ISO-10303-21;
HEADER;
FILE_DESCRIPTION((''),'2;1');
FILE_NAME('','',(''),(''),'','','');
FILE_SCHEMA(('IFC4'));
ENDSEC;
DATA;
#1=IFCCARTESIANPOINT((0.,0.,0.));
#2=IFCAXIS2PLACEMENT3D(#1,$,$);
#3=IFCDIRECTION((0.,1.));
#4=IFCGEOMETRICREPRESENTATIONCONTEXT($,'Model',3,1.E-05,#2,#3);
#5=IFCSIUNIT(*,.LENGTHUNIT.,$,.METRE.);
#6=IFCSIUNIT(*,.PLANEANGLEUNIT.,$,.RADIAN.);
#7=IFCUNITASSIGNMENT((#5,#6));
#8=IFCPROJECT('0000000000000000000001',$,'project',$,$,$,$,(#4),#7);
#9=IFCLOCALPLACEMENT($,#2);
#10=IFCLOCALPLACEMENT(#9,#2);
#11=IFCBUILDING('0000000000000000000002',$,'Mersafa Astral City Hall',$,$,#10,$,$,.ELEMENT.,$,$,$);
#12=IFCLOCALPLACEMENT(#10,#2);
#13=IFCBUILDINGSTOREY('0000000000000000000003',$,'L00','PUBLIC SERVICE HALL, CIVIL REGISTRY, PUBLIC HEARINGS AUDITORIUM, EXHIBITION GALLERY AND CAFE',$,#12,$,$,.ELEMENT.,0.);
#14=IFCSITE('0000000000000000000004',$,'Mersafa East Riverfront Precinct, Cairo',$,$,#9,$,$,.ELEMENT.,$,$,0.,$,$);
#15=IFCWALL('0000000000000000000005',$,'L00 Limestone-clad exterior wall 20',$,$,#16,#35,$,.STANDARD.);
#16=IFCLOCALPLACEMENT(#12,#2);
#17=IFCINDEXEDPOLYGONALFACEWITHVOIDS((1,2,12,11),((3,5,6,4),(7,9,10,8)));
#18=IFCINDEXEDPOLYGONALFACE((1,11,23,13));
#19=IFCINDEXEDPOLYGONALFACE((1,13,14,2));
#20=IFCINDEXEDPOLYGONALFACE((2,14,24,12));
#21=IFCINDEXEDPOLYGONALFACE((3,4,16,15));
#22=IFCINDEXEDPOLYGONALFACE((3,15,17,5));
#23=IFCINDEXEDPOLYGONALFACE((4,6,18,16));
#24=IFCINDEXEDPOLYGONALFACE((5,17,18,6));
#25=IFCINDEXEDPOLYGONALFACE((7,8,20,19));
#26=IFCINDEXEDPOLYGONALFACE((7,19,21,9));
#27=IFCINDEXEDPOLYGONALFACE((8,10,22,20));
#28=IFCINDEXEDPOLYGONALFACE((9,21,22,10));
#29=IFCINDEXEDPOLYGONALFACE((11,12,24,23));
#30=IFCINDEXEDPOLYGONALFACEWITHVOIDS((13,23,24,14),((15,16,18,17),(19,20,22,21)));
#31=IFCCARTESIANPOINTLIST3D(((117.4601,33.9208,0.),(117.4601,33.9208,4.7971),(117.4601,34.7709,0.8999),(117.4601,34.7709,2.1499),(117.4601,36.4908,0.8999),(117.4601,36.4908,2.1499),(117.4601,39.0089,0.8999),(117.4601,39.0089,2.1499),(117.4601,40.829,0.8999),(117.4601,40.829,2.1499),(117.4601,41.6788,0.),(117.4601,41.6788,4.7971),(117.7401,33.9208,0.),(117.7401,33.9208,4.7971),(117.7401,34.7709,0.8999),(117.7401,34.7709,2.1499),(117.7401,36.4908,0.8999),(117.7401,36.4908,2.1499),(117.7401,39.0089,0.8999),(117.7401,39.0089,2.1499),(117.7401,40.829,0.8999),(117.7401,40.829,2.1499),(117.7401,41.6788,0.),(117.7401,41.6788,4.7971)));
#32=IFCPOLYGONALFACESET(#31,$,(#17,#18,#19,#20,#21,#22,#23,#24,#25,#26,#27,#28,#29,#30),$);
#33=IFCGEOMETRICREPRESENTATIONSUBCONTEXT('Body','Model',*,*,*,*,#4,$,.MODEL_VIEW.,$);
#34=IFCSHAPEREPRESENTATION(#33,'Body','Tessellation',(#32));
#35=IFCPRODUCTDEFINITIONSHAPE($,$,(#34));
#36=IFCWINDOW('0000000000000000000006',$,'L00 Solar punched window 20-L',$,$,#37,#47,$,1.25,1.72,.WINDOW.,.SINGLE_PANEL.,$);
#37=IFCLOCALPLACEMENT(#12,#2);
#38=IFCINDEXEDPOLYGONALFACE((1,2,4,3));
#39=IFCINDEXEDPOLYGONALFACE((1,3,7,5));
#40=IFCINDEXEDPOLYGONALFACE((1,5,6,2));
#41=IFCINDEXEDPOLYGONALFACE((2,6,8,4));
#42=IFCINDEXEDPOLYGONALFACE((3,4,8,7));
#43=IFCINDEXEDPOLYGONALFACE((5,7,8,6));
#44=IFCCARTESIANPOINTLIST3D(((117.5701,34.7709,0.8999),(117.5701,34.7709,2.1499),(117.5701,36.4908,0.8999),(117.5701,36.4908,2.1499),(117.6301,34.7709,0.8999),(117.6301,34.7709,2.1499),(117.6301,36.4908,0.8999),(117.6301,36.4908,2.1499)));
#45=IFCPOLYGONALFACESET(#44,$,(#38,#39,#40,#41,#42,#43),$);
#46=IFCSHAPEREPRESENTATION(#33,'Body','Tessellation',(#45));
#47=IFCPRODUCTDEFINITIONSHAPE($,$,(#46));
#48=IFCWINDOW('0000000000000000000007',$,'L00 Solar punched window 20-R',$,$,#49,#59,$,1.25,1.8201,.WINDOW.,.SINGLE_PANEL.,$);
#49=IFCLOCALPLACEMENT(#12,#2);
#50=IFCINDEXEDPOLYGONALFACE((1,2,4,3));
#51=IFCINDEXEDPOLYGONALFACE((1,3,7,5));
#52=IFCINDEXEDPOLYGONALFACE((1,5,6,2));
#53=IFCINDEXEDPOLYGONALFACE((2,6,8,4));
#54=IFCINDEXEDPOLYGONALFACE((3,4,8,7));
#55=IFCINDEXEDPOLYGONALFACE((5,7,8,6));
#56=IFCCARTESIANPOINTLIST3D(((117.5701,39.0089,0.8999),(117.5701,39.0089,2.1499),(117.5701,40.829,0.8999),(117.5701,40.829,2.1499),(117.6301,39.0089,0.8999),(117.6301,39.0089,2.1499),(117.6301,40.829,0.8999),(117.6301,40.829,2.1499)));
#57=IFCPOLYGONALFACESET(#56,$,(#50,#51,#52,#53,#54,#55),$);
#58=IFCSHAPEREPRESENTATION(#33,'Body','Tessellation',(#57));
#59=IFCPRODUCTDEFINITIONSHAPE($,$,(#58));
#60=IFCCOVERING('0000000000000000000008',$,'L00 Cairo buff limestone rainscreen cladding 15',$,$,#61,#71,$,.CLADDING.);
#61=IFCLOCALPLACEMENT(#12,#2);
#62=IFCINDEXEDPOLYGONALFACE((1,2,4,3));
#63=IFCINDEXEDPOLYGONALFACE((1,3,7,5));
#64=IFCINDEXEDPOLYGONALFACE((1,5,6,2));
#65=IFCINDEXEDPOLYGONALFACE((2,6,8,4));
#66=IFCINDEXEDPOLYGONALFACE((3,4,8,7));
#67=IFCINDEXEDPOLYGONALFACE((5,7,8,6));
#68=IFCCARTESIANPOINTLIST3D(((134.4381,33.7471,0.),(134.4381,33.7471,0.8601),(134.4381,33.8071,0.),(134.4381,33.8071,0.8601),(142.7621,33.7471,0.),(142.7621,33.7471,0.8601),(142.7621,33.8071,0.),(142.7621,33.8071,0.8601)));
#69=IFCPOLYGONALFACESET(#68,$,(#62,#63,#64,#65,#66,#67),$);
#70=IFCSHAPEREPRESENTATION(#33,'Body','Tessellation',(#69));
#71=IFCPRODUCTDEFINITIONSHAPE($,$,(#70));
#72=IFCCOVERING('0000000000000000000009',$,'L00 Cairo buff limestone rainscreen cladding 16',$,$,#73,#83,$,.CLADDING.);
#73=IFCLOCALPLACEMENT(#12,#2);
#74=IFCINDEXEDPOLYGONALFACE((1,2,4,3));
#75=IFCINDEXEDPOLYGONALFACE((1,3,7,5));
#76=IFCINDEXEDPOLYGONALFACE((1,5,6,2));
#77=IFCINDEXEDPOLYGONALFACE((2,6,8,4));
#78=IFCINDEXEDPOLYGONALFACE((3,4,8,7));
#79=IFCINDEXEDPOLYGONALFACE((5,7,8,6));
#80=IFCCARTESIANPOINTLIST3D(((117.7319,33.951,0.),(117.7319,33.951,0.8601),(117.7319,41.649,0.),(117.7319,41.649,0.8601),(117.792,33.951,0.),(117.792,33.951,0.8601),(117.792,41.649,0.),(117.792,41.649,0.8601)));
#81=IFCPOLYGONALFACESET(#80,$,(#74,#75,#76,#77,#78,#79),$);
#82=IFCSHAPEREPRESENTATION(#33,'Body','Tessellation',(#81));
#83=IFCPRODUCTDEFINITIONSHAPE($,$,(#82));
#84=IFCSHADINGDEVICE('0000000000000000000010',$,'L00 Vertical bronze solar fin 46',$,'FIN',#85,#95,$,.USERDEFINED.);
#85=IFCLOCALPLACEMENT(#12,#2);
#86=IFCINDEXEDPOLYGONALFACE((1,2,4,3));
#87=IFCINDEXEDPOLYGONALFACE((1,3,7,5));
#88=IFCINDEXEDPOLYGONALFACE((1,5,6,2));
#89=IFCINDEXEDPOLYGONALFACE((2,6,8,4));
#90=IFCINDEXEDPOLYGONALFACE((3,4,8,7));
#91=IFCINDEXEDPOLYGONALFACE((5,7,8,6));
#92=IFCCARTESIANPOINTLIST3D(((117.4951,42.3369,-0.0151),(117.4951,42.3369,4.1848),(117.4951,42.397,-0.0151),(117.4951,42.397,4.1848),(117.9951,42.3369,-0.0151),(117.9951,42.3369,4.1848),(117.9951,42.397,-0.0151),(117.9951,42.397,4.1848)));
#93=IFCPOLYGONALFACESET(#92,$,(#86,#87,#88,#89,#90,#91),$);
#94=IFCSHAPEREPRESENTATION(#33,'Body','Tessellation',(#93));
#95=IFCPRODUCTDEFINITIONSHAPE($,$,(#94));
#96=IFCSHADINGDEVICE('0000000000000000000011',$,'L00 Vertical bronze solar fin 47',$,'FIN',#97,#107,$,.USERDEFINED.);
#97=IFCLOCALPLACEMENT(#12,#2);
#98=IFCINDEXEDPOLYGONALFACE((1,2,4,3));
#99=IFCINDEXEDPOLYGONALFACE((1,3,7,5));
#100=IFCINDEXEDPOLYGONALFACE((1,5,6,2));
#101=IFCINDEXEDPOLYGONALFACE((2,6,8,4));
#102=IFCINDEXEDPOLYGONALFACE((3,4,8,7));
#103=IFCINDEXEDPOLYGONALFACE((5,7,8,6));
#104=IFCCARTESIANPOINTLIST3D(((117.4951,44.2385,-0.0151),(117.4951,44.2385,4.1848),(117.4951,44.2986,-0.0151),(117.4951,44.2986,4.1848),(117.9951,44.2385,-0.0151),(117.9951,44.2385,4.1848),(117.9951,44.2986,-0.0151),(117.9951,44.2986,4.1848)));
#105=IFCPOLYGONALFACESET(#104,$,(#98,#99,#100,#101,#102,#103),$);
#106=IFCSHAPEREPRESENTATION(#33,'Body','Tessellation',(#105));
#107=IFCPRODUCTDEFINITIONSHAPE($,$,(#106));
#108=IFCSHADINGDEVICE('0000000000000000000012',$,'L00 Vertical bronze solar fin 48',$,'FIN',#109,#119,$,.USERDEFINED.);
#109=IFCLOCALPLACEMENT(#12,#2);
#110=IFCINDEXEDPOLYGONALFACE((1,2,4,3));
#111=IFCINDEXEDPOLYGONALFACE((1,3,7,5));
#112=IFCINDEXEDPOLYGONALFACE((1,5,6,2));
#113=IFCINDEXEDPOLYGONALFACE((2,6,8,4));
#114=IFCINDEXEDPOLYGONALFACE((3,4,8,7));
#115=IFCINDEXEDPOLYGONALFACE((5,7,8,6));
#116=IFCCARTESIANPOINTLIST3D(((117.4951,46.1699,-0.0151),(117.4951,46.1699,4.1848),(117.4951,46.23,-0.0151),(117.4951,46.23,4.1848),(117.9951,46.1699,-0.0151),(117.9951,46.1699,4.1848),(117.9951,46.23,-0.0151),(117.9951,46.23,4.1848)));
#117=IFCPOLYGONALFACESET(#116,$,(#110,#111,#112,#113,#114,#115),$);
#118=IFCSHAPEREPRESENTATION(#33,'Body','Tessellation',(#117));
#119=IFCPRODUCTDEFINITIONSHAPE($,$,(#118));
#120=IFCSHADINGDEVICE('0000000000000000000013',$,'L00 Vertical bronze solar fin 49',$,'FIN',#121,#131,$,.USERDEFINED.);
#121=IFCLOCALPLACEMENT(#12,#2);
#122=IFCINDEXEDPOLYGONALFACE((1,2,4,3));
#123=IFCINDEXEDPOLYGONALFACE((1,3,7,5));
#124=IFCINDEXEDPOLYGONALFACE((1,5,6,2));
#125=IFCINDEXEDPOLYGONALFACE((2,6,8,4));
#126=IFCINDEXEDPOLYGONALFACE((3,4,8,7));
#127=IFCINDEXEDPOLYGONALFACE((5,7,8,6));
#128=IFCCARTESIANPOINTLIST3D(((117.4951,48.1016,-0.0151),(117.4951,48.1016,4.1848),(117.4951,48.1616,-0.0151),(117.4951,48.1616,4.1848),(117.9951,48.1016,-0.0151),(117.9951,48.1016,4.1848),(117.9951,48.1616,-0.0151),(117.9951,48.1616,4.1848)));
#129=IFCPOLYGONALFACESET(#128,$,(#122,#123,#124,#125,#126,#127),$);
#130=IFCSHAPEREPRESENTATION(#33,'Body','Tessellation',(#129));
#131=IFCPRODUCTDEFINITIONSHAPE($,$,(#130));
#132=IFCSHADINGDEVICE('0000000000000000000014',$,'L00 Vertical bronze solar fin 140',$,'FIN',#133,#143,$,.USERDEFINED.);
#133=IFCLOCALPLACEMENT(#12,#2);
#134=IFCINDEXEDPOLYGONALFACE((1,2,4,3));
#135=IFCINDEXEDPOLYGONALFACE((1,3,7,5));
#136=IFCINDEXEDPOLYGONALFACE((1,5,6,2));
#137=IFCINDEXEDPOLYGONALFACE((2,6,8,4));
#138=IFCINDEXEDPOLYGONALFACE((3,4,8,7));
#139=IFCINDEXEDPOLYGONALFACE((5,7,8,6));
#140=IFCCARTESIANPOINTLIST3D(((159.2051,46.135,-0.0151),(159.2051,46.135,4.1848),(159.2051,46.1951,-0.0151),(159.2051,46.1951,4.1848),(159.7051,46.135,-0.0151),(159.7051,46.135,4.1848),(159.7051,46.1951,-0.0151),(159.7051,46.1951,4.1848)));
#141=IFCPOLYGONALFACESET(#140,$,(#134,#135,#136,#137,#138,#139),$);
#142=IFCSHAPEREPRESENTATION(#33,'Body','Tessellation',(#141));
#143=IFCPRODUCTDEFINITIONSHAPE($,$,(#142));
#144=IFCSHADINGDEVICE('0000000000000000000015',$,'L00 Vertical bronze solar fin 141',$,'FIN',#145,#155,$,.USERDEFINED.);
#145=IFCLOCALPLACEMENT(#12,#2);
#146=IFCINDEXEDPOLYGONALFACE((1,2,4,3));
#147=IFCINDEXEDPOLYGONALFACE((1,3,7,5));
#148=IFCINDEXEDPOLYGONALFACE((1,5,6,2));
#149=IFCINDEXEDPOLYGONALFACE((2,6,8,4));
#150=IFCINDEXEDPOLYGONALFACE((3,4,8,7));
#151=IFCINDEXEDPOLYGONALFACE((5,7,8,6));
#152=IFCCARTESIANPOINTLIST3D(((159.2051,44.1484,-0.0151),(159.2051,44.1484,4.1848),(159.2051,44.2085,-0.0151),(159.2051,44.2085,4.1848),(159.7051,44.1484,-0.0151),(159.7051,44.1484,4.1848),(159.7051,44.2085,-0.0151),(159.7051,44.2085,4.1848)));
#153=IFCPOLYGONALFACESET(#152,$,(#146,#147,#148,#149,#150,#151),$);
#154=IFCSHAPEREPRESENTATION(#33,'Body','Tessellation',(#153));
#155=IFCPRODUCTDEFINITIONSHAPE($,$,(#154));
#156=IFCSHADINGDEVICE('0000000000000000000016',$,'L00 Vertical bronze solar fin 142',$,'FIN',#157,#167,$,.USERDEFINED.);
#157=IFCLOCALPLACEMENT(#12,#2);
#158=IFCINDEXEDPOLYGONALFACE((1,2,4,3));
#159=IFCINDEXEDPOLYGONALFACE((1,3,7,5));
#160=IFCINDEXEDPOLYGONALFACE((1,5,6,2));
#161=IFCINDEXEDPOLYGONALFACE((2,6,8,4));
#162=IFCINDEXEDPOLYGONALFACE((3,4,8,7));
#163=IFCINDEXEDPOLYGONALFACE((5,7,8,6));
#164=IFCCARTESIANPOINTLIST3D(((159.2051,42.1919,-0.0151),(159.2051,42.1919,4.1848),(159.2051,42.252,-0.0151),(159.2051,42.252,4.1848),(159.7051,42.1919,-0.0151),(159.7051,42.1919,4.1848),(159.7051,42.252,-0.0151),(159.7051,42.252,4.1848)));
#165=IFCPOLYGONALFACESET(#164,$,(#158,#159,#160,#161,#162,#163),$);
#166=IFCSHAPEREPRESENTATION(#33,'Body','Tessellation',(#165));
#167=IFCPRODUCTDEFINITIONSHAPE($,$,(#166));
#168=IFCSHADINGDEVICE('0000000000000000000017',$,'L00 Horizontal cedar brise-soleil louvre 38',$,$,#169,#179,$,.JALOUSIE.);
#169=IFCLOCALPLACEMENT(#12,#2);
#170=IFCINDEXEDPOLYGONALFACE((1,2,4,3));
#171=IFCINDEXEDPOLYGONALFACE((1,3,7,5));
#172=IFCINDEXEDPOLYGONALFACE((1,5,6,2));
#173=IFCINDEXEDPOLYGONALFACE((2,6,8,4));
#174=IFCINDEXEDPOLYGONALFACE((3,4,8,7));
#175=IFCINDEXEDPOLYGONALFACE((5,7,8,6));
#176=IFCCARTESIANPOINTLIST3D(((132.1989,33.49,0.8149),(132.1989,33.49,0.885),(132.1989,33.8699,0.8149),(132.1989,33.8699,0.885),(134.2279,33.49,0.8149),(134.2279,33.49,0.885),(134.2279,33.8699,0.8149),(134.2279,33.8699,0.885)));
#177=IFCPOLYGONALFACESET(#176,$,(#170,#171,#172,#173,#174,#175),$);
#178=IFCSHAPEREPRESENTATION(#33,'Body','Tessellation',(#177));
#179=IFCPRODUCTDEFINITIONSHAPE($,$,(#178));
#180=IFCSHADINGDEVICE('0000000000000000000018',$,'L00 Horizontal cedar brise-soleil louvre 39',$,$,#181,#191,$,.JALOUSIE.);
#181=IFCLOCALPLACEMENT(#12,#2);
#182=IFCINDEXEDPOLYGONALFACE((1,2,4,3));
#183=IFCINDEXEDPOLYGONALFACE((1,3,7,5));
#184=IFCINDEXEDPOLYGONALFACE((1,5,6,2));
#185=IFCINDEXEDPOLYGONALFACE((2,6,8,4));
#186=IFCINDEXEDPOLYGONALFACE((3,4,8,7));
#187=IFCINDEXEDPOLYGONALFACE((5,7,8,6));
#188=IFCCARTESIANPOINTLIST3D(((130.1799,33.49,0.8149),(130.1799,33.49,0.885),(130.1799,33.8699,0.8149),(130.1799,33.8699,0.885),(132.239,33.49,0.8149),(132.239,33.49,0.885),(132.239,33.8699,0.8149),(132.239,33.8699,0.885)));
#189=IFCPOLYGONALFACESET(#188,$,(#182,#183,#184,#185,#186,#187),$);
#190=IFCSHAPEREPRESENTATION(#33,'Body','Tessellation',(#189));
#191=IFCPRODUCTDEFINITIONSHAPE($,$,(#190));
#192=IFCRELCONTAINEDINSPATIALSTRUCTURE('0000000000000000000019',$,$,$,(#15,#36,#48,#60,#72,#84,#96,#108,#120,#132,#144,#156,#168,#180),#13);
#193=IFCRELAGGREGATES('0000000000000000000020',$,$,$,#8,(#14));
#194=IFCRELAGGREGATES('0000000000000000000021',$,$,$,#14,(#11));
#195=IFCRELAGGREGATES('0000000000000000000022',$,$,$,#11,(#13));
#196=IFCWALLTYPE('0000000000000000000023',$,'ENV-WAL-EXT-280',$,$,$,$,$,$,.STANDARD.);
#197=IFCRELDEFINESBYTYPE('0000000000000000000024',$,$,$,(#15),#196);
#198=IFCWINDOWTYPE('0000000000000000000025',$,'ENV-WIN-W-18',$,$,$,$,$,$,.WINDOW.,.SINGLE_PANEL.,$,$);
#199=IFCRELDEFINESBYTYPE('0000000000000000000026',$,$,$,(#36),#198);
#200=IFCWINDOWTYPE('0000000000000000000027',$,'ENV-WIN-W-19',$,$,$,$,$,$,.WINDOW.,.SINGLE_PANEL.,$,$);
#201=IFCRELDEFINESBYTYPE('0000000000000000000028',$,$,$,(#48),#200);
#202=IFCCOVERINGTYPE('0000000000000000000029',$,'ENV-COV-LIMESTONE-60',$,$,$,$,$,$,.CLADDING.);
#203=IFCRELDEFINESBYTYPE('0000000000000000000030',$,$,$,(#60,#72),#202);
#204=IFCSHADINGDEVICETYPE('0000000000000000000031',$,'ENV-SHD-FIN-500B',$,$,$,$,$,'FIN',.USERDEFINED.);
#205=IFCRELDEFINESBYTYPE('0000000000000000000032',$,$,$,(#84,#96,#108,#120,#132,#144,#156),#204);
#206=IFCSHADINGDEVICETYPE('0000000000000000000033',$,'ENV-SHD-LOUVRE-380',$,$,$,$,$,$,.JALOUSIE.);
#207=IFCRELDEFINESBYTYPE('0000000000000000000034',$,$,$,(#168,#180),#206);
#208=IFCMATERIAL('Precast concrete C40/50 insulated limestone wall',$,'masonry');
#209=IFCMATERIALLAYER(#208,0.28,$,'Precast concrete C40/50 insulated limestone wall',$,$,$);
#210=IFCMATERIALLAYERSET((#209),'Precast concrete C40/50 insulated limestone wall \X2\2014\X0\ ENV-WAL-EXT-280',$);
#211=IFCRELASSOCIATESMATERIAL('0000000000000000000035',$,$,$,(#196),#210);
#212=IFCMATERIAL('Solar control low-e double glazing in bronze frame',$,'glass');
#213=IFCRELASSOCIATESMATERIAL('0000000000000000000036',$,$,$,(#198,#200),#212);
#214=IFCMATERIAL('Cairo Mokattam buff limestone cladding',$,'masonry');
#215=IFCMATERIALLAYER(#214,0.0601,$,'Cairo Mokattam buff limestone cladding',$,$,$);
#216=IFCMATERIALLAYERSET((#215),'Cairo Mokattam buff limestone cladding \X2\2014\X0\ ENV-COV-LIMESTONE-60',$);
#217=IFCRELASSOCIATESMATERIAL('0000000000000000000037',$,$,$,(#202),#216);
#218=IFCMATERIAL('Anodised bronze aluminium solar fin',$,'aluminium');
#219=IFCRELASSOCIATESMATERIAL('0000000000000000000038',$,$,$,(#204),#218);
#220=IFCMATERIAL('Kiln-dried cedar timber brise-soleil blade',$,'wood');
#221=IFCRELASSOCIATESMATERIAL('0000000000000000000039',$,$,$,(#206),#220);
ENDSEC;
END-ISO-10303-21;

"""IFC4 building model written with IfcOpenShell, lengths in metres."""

from ifc_helpers import new_model, si_unit, direction, frame, frame_2d, origin, origin_2d, place, context, subcontext, project, spatial, rectangle, extrude, material, layer, layer_set, type_object, element, fill, save


model = new_model("IFC4")

# Units and contexts
model_context = context("Model", 3, precision=1e-05, world=origin(), true_north=direction((0.0, 1.0)))
body_context = subcontext(model_context, "Body", "Model", "MODEL_VIEW")
ifc_project = project(units=[si_unit("LENGTHUNIT", "METRE"), si_unit("PLANEANGLEUNIT", "RADIAN")], contexts=[model_context])

# Site, building, storey
site_placement = place(None, origin())
site = spatial("IfcSite", under=ifc_project, at=site_placement, Name="Mersafa East Riverfront Precinct, Cairo", CompositionType="ELEMENT", RefElevation=0.0)
building_placement = place(site_placement, origin())
building = spatial("IfcBuilding", under=site, at=building_placement, Name="Mersafa Astral City Hall", CompositionType="ELEMENT")
storey_placement = place(building_placement, origin())
storey = spatial("IfcBuildingStorey", under=building, at=storey_placement, Name="L00", Description="PUBLIC SERVICE HALL, CIVIL REGISTRY, PUBLIC HEARINGS AUDITORIUM, EXHIBITION GALLERY AND CAFE", CompositionType="ELEMENT", Elevation=0.0)

# Wall, openings, windows
ifc_material_1 = material(Name="Precast concrete C40/50 insulated limestone wall", Category="masonry")
ifc_layer_1 = layer(ifc_material_1, 0.28, Name="Precast concrete C40/50 insulated limestone wall")
ifc_layer_set_1 = layer_set([ifc_layer_1], Name="Precast concrete C40/50 insulated limestone wall — ENV-WAL-EXT-280")
wall_type = type_object("IfcWallType", Name="ENV-WAL-EXT-280", PredefinedType="STANDARD", material=ifc_layer_set_1)
wall_placement = place(storey_placement, frame((117.6001, 33.9209, 0.0), z_axis=(0.0, 0.0, 1.0), x_axis=(0.0, 1.0, 0.0)))
wall = element("IfcWall", 1, at=wall_placement, inside=storey, type_object=wall_type, Name="L00 Limestone-clad exterior wall 20", PredefinedType="STANDARD", context=body_context, shape_type="SweptSolid", body=[
    extrude(rectangle(XDim=7.7581, YDim=0.28, at=frame_2d((3.8789, 0.0))), origin(), (0.0, 0.0, 1.0), 4.7971),
])
opening_1_placement = place(wall_placement, frame((0.8501, 0.0, 0.8999)))
opening_1 = element("IfcOpeningElement", 2, at=opening_1_placement, cuts=wall, PredefinedType="OPENING", context=body_context, shape_type="SweptSolid", body=[
    extrude(rectangle(XDim=1.72, YDim=1.25, at=frame_2d((0.8599, 0.625))), frame((0.0, 0.1499, 0.0), z_axis=(0.0, -1.0, 0.0), x_axis=(1.0, 0.0, 0.0)), (0.0, 0.0, 1.0), 0.3),
])
opening_2_placement = place(wall_placement, frame((5.0879, 0.0, 0.8999)))
opening_2 = element("IfcOpeningElement", 3, at=opening_2_placement, cuts=wall, PredefinedType="OPENING", context=body_context, shape_type="SweptSolid", body=[
    extrude(rectangle(XDim=1.8201, YDim=1.25, at=frame_2d((0.9102, 0.625))), frame((0.0, 0.1499, 0.0), z_axis=(0.0, -1.0, 0.0), x_axis=(1.0, 0.0, 0.0)), (0.0, 0.0, 1.0), 0.3),
])
ifc_material_2 = material(Name="Solar control low-e double glazing in bronze frame", Category="glass")
window_type_1 = type_object("IfcWindowType", Name="ENV-WIN-W-18", PartitioningType="SINGLE_PANEL", PredefinedType="WINDOW", material=ifc_material_2)
window_1_placement = place(opening_1_placement, origin())
window_1 = element("IfcWindow", 4, at=window_1_placement, inside=storey, type_object=window_type_1, Name="L00 Solar punched window 20-L", OverallHeight=1.25, OverallWidth=1.72, PartitioningType="SINGLE_PANEL", PredefinedType="WINDOW", context=body_context, shape_type="SweptSolid", body=[
    extrude(rectangle(XDim=1.72, YDim=1.25, at=frame_2d((0.8599, 0.625))), frame((0.0, 0.03, 0.0), z_axis=(0.0, -1.0, 0.0), x_axis=(1.0, 0.0, 0.0)), (0.0, 0.0, 1.0), 0.0601),
])
fill(opening_1, window_1)
window_type_2 = type_object("IfcWindowType", Name="ENV-WIN-W-19", PartitioningType="SINGLE_PANEL", PredefinedType="WINDOW", material=ifc_material_2)
window_2_placement = place(opening_2_placement, origin())
window_2 = element("IfcWindow", 5, at=window_2_placement, inside=storey, type_object=window_type_2, Name="L00 Solar punched window 20-R", OverallHeight=1.25, OverallWidth=1.8201, PartitioningType="SINGLE_PANEL", PredefinedType="WINDOW", context=body_context, shape_type="SweptSolid", body=[
    extrude(rectangle(XDim=1.8201, YDim=1.25, at=frame_2d((0.9102, 0.625))), frame((0.0, 0.03, 0.0), z_axis=(0.0, -1.0, 0.0), x_axis=(1.0, 0.0, 0.0)), (0.0, 0.0, 1.0), 0.0601),
])
fill(opening_2, window_2)

# Coverings
ifc_material_3 = material(Name="Cairo Mokattam buff limestone cladding", Category="masonry")
ifc_layer_2 = layer(ifc_material_3, 0.0601, Name="Cairo Mokattam buff limestone cladding")
ifc_layer_set_2 = layer_set([ifc_layer_2], Name="Cairo Mokattam buff limestone cladding — ENV-COV-LIMESTONE-60")
covering_type = type_object("IfcCoveringType", Name="ENV-COV-LIMESTONE-60", PredefinedType="CLADDING", material=ifc_layer_set_2)
covering_1_placement = place(storey_placement, frame((138.6001, 33.7771, 0.0), z_axis=(0.0, 0.0, 1.0), x_axis=(-1.0, 0.0, 0.0)))
element("IfcCovering", 6, at=covering_1_placement, inside=storey, type_object=covering_type, Name="L00 Cairo buff limestone rainscreen cladding 15", PredefinedType="CLADDING", context=body_context, shape_type="SweptSolid", body=[
    extrude(rectangle(XDim=8.324, YDim=0.0601, at=origin_2d()), origin(), (0.0, 0.0, 1.0), 0.8601),
])
covering_2_placement = place(storey_placement, frame((117.762, 37.8, 0.0), z_axis=(0.0, 0.0, 1.0), x_axis=(0.0, 1.0, 0.0)))
element("IfcCovering", 7, at=covering_2_placement, inside=storey, type_object=covering_type, Name="L00 Cairo buff limestone rainscreen cladding 16", PredefinedType="CLADDING", context=body_context, shape_type="SweptSolid", body=[
    extrude(rectangle(XDim=7.698, YDim=0.0601, at=origin_2d()), origin(), (0.0, 0.0, 1.0), 0.8601),
])

# Shading devices
ifc_material_4 = material(Name="Anodised bronze aluminium solar fin", Category="aluminium")
shading_device_type_1 = type_object("IfcShadingDeviceType", Name="ENV-SHD-FIN-500B", ElementType="FIN", PredefinedType="USERDEFINED", material=ifc_material_4)
for number, where, z_axis, x_axis, name in (
    (8, (117.7451, 42.3669, -0.0151), (0.0, 0.0, 1.0), (0.0, 1.0, 0.0), "L00 Vertical bronze solar fin 46"),
    (9, (117.7451, 44.2686, -0.0151), (0.0, 0.0, 1.0), (0.0, 1.0, 0.0), "L00 Vertical bronze solar fin 47"),
    (10, (117.7451, 46.2, -0.0151), (0.0, 0.0, 1.0), (0.0, 1.0, 0.0), "L00 Vertical bronze solar fin 48"),
    (11, (117.7451, 48.1316, -0.0151), (0.0, 0.0, 1.0), (0.0, 1.0, 0.0), "L00 Vertical bronze solar fin 49"),
    (12, (159.4551, 46.165, -0.0151), (0.0, 0.0, 1.0), (0.0, -1.0, 0.0), "L00 Vertical bronze solar fin 140"),
    (13, (159.4551, 44.1785, -0.0151), (0.0, 0.0, 1.0), (0.0, -1.0, 0.0), "L00 Vertical bronze solar fin 141"),
    (14, (159.4551, 42.2219, -0.0151), (0.0, 0.0, 1.0), (0.0, -1.0, 0.0), "L00 Vertical bronze solar fin 142"),
):
    element("IfcShadingDevice", number, at=place(storey_placement, frame(where, z_axis=z_axis, x_axis=x_axis)), inside=storey, type_object=shading_device_type_1, Name=name, ObjectType="FIN", PredefinedType="USERDEFINED", context=body_context, shape_type="SweptSolid", body=[
        extrude(rectangle(XDim=0.0601, YDim=0.5, at=origin_2d()), origin(), (0.0, 0.0, 1.0), 4.2),
    ])
ifc_material_5 = material(Name="Kiln-dried cedar timber brise-soleil blade", Category="wood")
shading_device_type_2 = type_object("IfcShadingDeviceType", Name="ENV-SHD-LOUVRE-380", PredefinedType="JALOUSIE", material=ifc_material_5)
shading_device_1_placement = place(storey_placement, frame((133.2134, 33.6799, 0.8149), z_axis=(0.0, 0.0, 1.0), x_axis=(-1.0, 0.0, 0.0)))
element("IfcShadingDevice", 15, at=shading_device_1_placement, inside=storey, type_object=shading_device_type_2, Name="L00 Horizontal cedar brise-soleil louvre 38", PredefinedType="JALOUSIE", context=body_context, shape_type="SweptSolid", body=[
    extrude(rectangle(XDim=2.0291, YDim=0.3799, at=origin_2d()), origin(), (0.0, 0.0, 1.0), 0.0701),
])
for number, where, z_axis, x_axis, name in (
    (16, (131.2095, 33.6799, 0.8149), (0.0, 0.0, 1.0), (-1.0, 0.0, 0.0), "L00 Horizontal cedar brise-soleil louvre 39"),
):
    element("IfcShadingDevice", number, at=place(storey_placement, frame(where, z_axis=z_axis, x_axis=x_axis)), inside=storey, type_object=shading_device_type_2, Name=name, PredefinedType="JALOUSIE", context=body_context, shape_type="SweptSolid", body=[
        extrude(rectangle(XDim=2.0591, YDim=0.3799, at=origin_2d()), origin(), (0.0, 0.0, 1.0), 0.0701),
    ])

save(model, "model.ifc")
